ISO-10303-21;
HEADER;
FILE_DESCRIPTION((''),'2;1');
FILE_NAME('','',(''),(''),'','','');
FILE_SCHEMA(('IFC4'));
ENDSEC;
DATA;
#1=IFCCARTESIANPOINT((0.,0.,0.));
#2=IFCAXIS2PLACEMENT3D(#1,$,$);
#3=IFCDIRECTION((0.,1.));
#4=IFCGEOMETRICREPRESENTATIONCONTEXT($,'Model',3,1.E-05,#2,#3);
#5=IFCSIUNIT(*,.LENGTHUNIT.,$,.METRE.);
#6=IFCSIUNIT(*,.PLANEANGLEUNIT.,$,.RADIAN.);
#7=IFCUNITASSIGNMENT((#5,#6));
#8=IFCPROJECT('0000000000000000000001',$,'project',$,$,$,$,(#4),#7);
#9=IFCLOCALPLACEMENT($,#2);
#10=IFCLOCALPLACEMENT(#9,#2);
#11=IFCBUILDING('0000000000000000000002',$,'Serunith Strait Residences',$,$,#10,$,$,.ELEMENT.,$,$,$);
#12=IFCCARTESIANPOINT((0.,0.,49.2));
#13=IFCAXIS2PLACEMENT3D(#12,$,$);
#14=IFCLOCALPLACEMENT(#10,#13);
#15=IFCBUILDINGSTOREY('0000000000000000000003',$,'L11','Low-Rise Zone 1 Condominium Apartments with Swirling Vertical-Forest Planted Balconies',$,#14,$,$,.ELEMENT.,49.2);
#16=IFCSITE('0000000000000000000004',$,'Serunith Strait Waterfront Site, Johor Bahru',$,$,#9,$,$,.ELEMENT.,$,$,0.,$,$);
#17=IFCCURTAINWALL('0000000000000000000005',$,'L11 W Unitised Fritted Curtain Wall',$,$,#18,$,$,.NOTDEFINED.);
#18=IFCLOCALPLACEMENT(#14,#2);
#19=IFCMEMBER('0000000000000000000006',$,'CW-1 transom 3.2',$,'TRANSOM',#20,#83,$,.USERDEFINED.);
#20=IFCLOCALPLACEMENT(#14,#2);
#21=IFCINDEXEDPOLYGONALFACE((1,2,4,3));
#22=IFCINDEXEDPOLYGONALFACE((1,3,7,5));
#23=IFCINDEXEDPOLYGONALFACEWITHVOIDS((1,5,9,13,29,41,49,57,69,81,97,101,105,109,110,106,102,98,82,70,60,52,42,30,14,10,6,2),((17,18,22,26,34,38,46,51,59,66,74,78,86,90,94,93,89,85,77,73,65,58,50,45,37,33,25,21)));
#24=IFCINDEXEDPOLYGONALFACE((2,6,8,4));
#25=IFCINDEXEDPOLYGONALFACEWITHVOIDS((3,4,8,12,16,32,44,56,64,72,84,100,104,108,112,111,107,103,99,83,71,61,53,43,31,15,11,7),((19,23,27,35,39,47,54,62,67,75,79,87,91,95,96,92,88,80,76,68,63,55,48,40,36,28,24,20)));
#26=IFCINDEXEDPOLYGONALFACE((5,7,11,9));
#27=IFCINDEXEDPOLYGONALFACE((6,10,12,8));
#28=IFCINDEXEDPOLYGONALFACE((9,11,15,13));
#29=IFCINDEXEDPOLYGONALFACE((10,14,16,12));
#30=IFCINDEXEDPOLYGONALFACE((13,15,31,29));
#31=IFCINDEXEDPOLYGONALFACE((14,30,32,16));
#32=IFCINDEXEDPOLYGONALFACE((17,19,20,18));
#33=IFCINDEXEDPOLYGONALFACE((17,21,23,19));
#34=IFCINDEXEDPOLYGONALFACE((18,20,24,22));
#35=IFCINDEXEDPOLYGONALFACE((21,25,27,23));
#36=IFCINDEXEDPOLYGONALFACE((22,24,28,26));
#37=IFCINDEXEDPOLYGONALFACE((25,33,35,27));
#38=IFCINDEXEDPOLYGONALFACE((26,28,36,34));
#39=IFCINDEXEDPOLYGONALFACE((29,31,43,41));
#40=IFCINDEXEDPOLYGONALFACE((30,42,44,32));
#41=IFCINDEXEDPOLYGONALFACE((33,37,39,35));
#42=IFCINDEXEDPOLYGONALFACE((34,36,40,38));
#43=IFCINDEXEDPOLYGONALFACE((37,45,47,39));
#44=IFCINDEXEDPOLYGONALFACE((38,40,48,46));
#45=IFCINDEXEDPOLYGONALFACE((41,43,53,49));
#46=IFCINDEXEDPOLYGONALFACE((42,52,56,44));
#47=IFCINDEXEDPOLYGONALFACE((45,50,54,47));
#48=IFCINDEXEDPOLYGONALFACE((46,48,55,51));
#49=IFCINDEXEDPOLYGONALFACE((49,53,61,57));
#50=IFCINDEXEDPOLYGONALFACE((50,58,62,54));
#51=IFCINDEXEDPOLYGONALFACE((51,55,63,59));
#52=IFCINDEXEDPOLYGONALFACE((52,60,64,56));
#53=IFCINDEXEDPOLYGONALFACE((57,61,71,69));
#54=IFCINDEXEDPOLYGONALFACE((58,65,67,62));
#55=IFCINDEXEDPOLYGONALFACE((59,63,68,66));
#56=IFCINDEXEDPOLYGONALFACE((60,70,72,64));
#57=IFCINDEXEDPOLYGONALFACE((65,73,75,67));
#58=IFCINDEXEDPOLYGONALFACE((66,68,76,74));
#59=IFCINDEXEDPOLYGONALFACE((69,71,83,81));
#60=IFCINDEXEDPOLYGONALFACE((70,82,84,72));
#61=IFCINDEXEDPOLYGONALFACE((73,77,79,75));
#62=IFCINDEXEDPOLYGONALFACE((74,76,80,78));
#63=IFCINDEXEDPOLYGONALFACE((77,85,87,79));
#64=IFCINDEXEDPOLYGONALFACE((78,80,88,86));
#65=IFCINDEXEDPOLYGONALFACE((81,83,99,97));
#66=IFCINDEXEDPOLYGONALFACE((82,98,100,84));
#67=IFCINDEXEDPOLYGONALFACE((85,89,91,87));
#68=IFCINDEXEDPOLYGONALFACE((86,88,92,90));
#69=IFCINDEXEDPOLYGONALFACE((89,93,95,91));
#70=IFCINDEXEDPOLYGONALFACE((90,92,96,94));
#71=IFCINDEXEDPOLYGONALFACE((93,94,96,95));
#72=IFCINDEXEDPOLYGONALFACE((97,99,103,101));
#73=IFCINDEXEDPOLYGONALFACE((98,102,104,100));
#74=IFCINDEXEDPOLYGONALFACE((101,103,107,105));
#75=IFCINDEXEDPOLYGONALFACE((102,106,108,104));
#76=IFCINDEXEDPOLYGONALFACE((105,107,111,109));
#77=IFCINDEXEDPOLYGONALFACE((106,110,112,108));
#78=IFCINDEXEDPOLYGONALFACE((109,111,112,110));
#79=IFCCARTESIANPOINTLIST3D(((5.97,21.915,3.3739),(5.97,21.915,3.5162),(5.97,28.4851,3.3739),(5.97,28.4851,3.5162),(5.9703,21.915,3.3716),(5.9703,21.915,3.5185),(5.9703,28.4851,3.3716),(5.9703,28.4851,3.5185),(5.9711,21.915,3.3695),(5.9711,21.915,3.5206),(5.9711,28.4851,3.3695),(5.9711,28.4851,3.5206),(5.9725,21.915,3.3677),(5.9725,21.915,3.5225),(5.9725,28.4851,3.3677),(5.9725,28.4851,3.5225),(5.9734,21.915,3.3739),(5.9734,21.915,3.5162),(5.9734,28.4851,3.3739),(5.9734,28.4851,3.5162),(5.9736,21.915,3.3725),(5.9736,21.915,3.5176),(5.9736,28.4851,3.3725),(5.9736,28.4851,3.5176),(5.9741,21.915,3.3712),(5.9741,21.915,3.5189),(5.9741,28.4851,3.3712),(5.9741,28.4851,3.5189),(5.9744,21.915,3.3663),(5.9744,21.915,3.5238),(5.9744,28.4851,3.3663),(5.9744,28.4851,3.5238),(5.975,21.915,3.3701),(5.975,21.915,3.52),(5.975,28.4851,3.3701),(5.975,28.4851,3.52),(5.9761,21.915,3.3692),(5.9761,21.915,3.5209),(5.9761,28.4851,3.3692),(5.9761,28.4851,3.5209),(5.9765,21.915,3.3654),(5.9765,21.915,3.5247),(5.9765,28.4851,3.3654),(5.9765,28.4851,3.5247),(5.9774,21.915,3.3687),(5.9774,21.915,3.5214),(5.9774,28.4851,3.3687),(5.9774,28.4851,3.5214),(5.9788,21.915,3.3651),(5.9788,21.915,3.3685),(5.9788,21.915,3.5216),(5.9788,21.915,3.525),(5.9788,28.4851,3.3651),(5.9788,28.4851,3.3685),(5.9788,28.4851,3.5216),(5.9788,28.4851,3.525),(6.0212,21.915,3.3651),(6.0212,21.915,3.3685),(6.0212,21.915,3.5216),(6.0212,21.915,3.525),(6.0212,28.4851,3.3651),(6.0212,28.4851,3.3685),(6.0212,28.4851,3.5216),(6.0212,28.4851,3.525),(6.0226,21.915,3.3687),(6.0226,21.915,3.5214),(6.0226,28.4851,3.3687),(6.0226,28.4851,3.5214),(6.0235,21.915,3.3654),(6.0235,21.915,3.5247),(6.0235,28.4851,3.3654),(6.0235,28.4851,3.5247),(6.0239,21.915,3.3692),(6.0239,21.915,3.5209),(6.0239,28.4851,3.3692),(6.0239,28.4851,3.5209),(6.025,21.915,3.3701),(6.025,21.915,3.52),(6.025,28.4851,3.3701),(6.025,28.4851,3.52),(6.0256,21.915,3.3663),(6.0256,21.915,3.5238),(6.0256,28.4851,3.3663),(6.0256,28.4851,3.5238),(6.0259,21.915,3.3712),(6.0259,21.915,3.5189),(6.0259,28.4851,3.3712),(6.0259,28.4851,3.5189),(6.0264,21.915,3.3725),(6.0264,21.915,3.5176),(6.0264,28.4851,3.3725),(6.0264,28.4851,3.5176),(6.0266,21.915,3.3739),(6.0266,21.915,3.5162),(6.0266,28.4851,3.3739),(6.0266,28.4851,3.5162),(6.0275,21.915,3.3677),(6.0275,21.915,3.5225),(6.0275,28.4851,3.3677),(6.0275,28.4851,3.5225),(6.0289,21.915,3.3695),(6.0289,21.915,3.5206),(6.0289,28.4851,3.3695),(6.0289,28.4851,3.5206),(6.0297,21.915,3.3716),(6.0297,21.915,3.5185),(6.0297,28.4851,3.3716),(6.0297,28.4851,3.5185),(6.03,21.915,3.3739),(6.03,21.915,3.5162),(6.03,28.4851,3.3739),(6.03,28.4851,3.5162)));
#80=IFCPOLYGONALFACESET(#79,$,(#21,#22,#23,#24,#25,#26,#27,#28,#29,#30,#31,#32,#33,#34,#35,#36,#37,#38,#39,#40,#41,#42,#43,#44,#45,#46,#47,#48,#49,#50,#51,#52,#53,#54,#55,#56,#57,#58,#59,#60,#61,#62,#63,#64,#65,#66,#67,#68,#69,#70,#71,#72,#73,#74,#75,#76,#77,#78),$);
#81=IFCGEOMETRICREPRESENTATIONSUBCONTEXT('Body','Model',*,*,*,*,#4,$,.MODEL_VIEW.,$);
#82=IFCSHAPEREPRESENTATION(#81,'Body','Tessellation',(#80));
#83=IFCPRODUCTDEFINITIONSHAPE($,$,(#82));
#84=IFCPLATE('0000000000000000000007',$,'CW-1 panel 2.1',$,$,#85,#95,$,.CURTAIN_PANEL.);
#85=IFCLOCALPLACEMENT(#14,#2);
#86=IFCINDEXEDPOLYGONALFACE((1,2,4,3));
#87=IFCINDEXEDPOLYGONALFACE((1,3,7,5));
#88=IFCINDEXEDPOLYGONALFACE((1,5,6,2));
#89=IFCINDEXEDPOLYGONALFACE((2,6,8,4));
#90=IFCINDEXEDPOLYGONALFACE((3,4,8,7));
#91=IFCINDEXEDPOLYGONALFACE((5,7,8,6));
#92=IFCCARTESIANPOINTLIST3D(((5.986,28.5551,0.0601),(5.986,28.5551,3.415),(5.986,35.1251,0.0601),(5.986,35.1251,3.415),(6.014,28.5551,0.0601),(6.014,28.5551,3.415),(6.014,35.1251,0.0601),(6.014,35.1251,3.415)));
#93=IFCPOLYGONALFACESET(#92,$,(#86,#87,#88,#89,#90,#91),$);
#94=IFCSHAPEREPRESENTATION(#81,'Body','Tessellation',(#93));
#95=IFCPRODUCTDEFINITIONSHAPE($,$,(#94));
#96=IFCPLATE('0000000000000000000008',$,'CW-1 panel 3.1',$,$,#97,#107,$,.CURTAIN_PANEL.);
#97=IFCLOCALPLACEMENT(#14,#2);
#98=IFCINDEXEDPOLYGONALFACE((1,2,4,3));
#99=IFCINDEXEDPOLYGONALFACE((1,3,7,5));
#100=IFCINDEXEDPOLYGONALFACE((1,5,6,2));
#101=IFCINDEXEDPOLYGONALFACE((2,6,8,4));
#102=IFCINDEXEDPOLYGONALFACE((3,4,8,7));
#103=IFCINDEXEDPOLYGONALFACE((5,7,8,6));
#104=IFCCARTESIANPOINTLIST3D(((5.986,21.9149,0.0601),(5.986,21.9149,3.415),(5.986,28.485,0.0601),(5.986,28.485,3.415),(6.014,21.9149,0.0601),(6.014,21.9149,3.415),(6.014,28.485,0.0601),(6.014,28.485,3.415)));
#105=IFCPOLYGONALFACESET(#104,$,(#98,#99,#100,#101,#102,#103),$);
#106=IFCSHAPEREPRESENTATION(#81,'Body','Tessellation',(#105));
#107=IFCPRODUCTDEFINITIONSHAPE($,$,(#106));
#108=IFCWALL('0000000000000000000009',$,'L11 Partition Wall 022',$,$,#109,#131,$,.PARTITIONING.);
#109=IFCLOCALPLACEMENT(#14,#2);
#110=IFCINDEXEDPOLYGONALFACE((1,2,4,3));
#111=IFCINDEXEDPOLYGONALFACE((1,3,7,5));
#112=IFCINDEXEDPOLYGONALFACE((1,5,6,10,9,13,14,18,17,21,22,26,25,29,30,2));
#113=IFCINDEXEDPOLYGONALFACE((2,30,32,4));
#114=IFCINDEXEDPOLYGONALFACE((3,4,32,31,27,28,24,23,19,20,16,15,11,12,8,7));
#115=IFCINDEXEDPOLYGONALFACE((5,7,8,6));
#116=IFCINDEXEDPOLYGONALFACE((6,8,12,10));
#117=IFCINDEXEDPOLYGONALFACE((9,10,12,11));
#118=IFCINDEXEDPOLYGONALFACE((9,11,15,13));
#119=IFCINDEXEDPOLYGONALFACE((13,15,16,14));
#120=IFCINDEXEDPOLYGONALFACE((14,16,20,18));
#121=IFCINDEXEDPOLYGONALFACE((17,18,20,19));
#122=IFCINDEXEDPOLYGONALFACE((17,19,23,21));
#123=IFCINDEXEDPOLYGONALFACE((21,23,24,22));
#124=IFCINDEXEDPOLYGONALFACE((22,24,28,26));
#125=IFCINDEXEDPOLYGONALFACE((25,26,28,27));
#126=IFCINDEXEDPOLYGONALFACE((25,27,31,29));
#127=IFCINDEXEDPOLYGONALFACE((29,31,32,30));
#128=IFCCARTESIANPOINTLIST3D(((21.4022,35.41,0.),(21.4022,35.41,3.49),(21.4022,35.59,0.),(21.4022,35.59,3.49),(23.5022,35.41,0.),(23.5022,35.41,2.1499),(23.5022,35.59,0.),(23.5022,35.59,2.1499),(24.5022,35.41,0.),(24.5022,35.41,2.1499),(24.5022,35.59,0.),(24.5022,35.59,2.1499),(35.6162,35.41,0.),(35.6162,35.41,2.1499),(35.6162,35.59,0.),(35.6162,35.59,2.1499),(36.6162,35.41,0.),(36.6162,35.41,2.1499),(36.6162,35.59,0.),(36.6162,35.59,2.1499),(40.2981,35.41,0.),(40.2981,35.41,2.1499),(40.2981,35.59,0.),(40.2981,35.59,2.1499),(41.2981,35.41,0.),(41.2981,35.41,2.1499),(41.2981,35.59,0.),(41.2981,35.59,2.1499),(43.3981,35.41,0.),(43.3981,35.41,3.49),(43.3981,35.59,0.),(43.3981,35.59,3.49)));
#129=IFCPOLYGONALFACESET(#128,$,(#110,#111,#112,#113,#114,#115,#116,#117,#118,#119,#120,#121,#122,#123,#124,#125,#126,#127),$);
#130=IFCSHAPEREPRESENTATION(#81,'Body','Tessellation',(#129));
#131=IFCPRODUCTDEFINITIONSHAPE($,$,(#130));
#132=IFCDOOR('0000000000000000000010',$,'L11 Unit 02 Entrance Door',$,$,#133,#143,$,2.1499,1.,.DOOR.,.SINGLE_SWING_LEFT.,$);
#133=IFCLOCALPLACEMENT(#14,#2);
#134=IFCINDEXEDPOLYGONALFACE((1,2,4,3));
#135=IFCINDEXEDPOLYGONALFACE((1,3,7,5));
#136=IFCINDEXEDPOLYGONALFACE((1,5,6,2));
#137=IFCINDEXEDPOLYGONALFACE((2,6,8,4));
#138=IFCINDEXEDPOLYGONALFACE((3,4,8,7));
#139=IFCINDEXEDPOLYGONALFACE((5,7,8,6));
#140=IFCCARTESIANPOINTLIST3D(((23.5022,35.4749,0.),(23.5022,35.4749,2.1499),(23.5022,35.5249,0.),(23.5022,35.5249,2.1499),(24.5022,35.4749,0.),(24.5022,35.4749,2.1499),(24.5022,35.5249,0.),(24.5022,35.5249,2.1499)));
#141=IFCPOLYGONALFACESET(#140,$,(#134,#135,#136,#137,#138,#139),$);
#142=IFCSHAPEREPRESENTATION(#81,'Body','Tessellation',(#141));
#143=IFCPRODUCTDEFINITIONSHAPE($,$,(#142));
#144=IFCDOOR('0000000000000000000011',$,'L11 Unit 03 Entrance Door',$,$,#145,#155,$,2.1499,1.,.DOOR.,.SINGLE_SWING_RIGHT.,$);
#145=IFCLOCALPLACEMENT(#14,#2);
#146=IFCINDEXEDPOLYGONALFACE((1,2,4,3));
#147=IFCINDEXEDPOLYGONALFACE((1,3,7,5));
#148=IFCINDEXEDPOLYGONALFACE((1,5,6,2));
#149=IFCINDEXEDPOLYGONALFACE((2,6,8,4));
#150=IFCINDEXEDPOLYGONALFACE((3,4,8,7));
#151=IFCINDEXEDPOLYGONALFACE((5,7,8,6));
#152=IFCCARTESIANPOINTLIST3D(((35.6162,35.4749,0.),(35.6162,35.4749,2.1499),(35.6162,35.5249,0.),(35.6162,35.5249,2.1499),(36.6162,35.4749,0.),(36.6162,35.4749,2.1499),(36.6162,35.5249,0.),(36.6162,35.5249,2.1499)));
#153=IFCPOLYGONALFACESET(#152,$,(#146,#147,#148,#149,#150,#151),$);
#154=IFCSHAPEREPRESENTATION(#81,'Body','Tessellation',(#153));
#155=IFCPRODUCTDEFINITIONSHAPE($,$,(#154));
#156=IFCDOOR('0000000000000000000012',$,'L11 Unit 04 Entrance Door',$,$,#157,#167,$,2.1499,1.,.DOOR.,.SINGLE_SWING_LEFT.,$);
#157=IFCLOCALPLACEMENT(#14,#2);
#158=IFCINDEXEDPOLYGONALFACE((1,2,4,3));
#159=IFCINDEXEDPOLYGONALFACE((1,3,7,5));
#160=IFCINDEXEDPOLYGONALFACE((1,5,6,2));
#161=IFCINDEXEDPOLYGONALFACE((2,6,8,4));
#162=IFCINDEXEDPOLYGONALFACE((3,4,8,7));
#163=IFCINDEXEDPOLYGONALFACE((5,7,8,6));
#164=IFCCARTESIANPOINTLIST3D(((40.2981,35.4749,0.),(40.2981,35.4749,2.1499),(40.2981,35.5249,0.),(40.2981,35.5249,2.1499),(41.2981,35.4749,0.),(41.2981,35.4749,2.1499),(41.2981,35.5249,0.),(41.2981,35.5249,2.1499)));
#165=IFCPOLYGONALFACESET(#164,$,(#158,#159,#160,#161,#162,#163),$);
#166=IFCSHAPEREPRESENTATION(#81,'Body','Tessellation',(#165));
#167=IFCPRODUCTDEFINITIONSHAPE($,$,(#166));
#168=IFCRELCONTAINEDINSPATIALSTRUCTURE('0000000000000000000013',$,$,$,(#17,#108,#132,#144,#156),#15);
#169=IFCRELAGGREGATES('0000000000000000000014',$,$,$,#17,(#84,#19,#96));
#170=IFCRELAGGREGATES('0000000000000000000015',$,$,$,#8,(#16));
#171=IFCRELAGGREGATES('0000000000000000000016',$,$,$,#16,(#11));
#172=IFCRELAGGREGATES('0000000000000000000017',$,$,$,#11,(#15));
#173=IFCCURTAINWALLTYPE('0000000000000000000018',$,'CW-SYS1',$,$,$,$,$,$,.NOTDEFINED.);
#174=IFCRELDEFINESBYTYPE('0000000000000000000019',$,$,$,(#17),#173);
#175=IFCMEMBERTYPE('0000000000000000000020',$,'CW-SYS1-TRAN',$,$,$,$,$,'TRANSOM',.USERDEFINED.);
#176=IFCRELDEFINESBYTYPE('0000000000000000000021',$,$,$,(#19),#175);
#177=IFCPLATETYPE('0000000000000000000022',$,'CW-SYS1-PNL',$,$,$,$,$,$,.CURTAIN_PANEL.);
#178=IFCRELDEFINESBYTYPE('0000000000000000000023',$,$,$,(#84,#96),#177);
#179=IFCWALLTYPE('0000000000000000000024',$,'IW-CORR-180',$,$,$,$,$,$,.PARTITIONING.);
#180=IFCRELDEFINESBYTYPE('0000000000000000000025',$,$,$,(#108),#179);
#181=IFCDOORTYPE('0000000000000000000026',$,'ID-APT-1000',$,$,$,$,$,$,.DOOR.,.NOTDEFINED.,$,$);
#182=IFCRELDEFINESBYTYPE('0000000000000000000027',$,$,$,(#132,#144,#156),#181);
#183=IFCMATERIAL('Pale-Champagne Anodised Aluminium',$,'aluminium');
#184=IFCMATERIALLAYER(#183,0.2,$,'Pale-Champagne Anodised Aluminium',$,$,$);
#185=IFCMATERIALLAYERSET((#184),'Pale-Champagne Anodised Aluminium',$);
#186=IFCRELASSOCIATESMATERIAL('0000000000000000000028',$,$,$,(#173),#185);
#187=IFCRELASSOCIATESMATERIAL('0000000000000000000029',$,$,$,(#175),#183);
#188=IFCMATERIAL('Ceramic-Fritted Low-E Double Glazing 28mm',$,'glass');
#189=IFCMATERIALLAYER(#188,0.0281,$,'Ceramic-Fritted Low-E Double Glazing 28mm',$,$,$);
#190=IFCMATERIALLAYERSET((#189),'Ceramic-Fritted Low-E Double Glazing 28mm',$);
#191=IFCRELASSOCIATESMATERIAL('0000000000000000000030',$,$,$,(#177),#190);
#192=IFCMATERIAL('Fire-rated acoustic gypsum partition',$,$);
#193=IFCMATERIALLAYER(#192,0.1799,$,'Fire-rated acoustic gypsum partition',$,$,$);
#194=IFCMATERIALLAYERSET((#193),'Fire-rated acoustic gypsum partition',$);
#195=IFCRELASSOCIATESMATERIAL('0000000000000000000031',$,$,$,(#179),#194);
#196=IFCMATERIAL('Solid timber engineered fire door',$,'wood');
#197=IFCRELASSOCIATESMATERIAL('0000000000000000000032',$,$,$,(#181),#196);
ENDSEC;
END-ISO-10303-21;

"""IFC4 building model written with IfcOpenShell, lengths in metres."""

from ifc_helpers import new_model, si_unit, direction, frame, frame_2d, origin, origin_2d, place, context, subcontext, project, spatial, rectangle, hollow_rectangle, extrude, source, transform, mapped, material, layer, layer_set, material_profile, profile_set, type_object, element, fill, aggregate, save


model = new_model("IFC4")

# Units and contexts
model_context = context("Model", 3, precision=1e-05, world=origin(), true_north=direction((0.0, 1.0)))
body_context = subcontext(model_context, "Body", "Model", "MODEL_VIEW")
ifc_project = project(units=[si_unit("LENGTHUNIT", "METRE"), si_unit("PLANEANGLEUNIT", "RADIAN")], contexts=[model_context])

# Site, building, storey
site_placement = place(None, origin())
site = spatial("IfcSite", under=ifc_project, at=site_placement, Name="Serunith Strait Waterfront Site, Johor Bahru", CompositionType="ELEMENT", RefElevation=0.0)
building_placement = place(site_placement, origin())
building = spatial("IfcBuilding", under=site, at=building_placement, Name="Serunith Strait Residences", CompositionType="ELEMENT")
storey_placement = place(building_placement, frame((0.0, 0.0, 49.2)))
storey = spatial("IfcBuildingStorey", under=building, at=storey_placement, Name="L11", Description="Low-Rise Zone 1 Condominium Apartments with Swirling Vertical-Forest Planted Balconies", CompositionType="ELEMENT", Elevation=49.2)

# Curtain wall, member, plates
ifc_material_1 = material(Name="Pale-Champagne Anodised Aluminium", Category="aluminium")
ifc_layer_1 = layer(ifc_material_1, 0.2, Name="Pale-Champagne Anodised Aluminium")
ifc_layer_set_1 = layer_set([ifc_layer_1], Name="Pale-Champagne Anodised Aluminium")
curtain_wall_type = type_object("IfcCurtainWallType", Name="CW-SYS1", PredefinedType="NOTDEFINED", material=ifc_layer_set_1)
curtain_wall_placement = place(storey_placement, origin())
curtain_wall = element("IfcCurtainWall", 1, at=curtain_wall_placement, inside=storey, type_object=curtain_wall_type, Name="L11 W Unitised Fritted Curtain Wall", PredefinedType="NOTDEFINED")
ifc_material_profile_1 = material_profile(ifc_material_1, hollow_rectangle(XDim=0.0601, YDim=0.1599, WallThickness=0.0034, InnerFilletRadius=0.0054, OuterFilletRadius=0.0088, at=origin_2d()), Name="ALU 160x60x3.5")
ifc_profile_set_1 = profile_set([ifc_material_profile_1], Name="Pale-Champagne Anodised Aluminium")
member_type_1 = type_object("IfcMemberType", Name="CW-SYS1-TRAN", ElementType="TRANSOM", PredefinedType="USERDEFINED", material=ifc_profile_set_1)
shared_shape_1 = source(origin(), body_context, "Body", "SweptSolid", [
    extrude(hollow_rectangle(XDim=0.0601, YDim=0.1599, WallThickness=0.0034, InnerFilletRadius=0.0054, OuterFilletRadius=0.0088, at=origin_2d()), origin(), (0.0, 0.0, 1.0), 6.5701),
])
member_1_placement = place(storey_placement, frame((6.0, 28.4851, 3.4451), z_axis=(0.0, -1.0, 0.0), x_axis=(1.0, 0.0, 0.0)))
member_1 = element("IfcMember", 2, at=member_1_placement, type_object=member_type_1, Name="CW-1 transom 3.2", ObjectType="TRANSOM", PredefinedType="USERDEFINED", context=body_context, shape_type="MappedRepresentation", body=[
    mapped(shared_shape_1, transform((0.0, 0.0, 0.0), scale=1.0)),
])
ifc_material_2 = material(Name="Ceramic-Fritted Low-E Double Glazing 28mm", Category="glass")
ifc_layer_2 = layer(ifc_material_2, 0.0281, Name="Ceramic-Fritted Low-E Double Glazing 28mm")
ifc_layer_set_2 = layer_set([ifc_layer_2], Name="Ceramic-Fritted Low-E Double Glazing 28mm")
plate_type = type_object("IfcPlateType", Name="CW-SYS1-PNL", PredefinedType="CURTAIN_PANEL", material=ifc_layer_set_2)
shared_shape_2 = source(origin(), body_context, "Body", "SweptSolid", [
    extrude(rectangle(XDim=6.5701, YDim=0.0281, at=origin_2d()), origin(), (0.0, 0.0, 1.0), 3.355),
])
plate_1_placement = place(storey_placement, frame((6.0, 31.8401, 0.0601), z_axis=(0.0, 0.0, 1.0), x_axis=(0.0, -1.0, 0.0)))
plate_1 = element("IfcPlate", 3, at=plate_1_placement, type_object=plate_type, Name="CW-1 panel 2.1", PredefinedType="CURTAIN_PANEL", context=body_context, shape_type="MappedRepresentation", body=[
    mapped(shared_shape_2, transform((0.0, 0.0, 0.0), scale=1.0)),
])
plate_2_placement = place(storey_placement, frame((6.0, 25.2, 0.0601), z_axis=(0.0, 0.0, 1.0), x_axis=(0.0, -1.0, 0.0)))
plate_2 = element("IfcPlate", 4, at=plate_2_placement, type_object=plate_type, Name="CW-1 panel 3.1", PredefinedType="CURTAIN_PANEL", context=body_context, shape_type="MappedRepresentation", body=[
    mapped(shared_shape_2, transform((0.0, 0.0, 0.0), scale=1.0)),
])
aggregate(curtain_wall, [plate_1, member_1, plate_2])

# Wall, openings, doors
ifc_material_3 = material(Name="Fire-rated acoustic gypsum partition")
ifc_layer_3 = layer(ifc_material_3, 0.1799, Name="Fire-rated acoustic gypsum partition")
ifc_layer_set_3 = layer_set([ifc_layer_3], Name="Fire-rated acoustic gypsum partition")
wall_type_1 = type_object("IfcWallType", Name="IW-CORR-180", PredefinedType="PARTITIONING", material=ifc_layer_set_3)
wall_1_placement = place(storey_placement, frame((21.4021, 35.5, 0.0), z_axis=(0.0, 0.0, 1.0), x_axis=(1.0, 0.0, 0.0)))
wall_1 = element("IfcWall", 5, at=wall_1_placement, inside=storey, type_object=wall_type_1, Name="L11 Partition Wall 022", PredefinedType="PARTITIONING", context=body_context, shape_type="SweptSolid", body=[
    extrude(rectangle(XDim=21.9958, YDim=0.1799, at=frame_2d((10.998, 0.0))), origin(), (0.0, 0.0, 1.0), 3.49),
])
opening_1_placement = place(wall_1_placement, frame((2.1001, 0.0, 0.0)))
opening_1 = element("IfcOpeningElement", 6, at=opening_1_placement, cuts=wall_1, PredefinedType="OPENING", context=body_context, shape_type="SweptSolid", body=[
    extrude(rectangle(XDim=1.0, YDim=2.1499, at=frame_2d((0.5, 1.075))), frame((0.0, 0.1001, 0.0), z_axis=(0.0, -1.0, 0.0), x_axis=(1.0, 0.0, 0.0)), (0.0, 0.0, 1.0), 0.2),
])
opening_2_placement = place(wall_1_placement, frame((14.2141, 0.0, 0.0)))
opening_2 = element("IfcOpeningElement", 7, at=opening_2_placement, cuts=wall_1, PredefinedType="OPENING", context=body_context, shape_type="SweptSolid", body=[
    extrude(rectangle(XDim=1.0, YDim=2.1499, at=frame_2d((0.5, 1.075))), frame((0.0, 0.1001, 0.0), z_axis=(0.0, -1.0, 0.0), x_axis=(1.0, 0.0, 0.0)), (0.0, 0.0, 1.0), 0.2),
])
opening_3_placement = place(wall_1_placement, frame((18.896, 0.0, 0.0)))
opening_3 = element("IfcOpeningElement", 8, at=opening_3_placement, cuts=wall_1, PredefinedType="OPENING", context=body_context, shape_type="SweptSolid", body=[
    extrude(rectangle(XDim=1.0, YDim=2.1499, at=frame_2d((0.5, 1.075))), frame((0.0, 0.1001, 0.0), z_axis=(0.0, -1.0, 0.0), x_axis=(1.0, 0.0, 0.0)), (0.0, 0.0, 1.0), 0.2),
])
ifc_material_4 = material(Name="Solid timber engineered fire door", Category="wood")
door_type_1 = type_object("IfcDoorType", Name="ID-APT-1000", OperationType="NOTDEFINED", PredefinedType="DOOR", material=ifc_material_4)
shared_shape_3 = source(origin(), body_context, "Body", "SweptSolid", [
    extrude(rectangle(XDim=1.0, YDim=2.1499, at=frame_2d((0.5, 1.075))), frame((0.0, 0.0249, 0.0), z_axis=(0.0, -1.0, 0.0), x_axis=(1.0, 0.0, 0.0)), (0.0, 0.0, 1.0), 0.05),
])
door_1_placement = place(opening_1_placement, origin())
door_1 = element("IfcDoor", 9, at=door_1_placement, inside=storey, type_object=door_type_1, Name="L11 Unit 02 Entrance Door", OperationType="SINGLE_SWING_LEFT", OverallHeight=2.1499, OverallWidth=1.0, PredefinedType="DOOR", context=body_context, shape_type="MappedRepresentation", body=[
    mapped(shared_shape_3, transform((0.0, 0.0, 0.0), scale=1.0)),
])
fill(opening_1, door_1)
door_2_placement = place(opening_2_placement, origin())
door_2 = element("IfcDoor", 10, at=door_2_placement, inside=storey, type_object=door_type_1, Name="L11 Unit 03 Entrance Door", OperationType="SINGLE_SWING_RIGHT", OverallHeight=2.1499, OverallWidth=1.0, PredefinedType="DOOR", context=body_context, shape_type="MappedRepresentation", body=[
    mapped(shared_shape_3, transform((0.0, 0.0, 0.0), scale=1.0)),
])
fill(opening_2, door_2)
door_3_placement = place(opening_3_placement, origin())
door_3 = element("IfcDoor", 11, at=door_3_placement, inside=storey, type_object=door_type_1, Name="L11 Unit 04 Entrance Door", OperationType="SINGLE_SWING_LEFT", OverallHeight=2.1499, OverallWidth=1.0, PredefinedType="DOOR", context=body_context, shape_type="MappedRepresentation", body=[
    mapped(shared_shape_3, transform((0.0, 0.0, 0.0), scale=1.0)),
])
fill(opening_3, door_3)

save(model, "model.ifc")
